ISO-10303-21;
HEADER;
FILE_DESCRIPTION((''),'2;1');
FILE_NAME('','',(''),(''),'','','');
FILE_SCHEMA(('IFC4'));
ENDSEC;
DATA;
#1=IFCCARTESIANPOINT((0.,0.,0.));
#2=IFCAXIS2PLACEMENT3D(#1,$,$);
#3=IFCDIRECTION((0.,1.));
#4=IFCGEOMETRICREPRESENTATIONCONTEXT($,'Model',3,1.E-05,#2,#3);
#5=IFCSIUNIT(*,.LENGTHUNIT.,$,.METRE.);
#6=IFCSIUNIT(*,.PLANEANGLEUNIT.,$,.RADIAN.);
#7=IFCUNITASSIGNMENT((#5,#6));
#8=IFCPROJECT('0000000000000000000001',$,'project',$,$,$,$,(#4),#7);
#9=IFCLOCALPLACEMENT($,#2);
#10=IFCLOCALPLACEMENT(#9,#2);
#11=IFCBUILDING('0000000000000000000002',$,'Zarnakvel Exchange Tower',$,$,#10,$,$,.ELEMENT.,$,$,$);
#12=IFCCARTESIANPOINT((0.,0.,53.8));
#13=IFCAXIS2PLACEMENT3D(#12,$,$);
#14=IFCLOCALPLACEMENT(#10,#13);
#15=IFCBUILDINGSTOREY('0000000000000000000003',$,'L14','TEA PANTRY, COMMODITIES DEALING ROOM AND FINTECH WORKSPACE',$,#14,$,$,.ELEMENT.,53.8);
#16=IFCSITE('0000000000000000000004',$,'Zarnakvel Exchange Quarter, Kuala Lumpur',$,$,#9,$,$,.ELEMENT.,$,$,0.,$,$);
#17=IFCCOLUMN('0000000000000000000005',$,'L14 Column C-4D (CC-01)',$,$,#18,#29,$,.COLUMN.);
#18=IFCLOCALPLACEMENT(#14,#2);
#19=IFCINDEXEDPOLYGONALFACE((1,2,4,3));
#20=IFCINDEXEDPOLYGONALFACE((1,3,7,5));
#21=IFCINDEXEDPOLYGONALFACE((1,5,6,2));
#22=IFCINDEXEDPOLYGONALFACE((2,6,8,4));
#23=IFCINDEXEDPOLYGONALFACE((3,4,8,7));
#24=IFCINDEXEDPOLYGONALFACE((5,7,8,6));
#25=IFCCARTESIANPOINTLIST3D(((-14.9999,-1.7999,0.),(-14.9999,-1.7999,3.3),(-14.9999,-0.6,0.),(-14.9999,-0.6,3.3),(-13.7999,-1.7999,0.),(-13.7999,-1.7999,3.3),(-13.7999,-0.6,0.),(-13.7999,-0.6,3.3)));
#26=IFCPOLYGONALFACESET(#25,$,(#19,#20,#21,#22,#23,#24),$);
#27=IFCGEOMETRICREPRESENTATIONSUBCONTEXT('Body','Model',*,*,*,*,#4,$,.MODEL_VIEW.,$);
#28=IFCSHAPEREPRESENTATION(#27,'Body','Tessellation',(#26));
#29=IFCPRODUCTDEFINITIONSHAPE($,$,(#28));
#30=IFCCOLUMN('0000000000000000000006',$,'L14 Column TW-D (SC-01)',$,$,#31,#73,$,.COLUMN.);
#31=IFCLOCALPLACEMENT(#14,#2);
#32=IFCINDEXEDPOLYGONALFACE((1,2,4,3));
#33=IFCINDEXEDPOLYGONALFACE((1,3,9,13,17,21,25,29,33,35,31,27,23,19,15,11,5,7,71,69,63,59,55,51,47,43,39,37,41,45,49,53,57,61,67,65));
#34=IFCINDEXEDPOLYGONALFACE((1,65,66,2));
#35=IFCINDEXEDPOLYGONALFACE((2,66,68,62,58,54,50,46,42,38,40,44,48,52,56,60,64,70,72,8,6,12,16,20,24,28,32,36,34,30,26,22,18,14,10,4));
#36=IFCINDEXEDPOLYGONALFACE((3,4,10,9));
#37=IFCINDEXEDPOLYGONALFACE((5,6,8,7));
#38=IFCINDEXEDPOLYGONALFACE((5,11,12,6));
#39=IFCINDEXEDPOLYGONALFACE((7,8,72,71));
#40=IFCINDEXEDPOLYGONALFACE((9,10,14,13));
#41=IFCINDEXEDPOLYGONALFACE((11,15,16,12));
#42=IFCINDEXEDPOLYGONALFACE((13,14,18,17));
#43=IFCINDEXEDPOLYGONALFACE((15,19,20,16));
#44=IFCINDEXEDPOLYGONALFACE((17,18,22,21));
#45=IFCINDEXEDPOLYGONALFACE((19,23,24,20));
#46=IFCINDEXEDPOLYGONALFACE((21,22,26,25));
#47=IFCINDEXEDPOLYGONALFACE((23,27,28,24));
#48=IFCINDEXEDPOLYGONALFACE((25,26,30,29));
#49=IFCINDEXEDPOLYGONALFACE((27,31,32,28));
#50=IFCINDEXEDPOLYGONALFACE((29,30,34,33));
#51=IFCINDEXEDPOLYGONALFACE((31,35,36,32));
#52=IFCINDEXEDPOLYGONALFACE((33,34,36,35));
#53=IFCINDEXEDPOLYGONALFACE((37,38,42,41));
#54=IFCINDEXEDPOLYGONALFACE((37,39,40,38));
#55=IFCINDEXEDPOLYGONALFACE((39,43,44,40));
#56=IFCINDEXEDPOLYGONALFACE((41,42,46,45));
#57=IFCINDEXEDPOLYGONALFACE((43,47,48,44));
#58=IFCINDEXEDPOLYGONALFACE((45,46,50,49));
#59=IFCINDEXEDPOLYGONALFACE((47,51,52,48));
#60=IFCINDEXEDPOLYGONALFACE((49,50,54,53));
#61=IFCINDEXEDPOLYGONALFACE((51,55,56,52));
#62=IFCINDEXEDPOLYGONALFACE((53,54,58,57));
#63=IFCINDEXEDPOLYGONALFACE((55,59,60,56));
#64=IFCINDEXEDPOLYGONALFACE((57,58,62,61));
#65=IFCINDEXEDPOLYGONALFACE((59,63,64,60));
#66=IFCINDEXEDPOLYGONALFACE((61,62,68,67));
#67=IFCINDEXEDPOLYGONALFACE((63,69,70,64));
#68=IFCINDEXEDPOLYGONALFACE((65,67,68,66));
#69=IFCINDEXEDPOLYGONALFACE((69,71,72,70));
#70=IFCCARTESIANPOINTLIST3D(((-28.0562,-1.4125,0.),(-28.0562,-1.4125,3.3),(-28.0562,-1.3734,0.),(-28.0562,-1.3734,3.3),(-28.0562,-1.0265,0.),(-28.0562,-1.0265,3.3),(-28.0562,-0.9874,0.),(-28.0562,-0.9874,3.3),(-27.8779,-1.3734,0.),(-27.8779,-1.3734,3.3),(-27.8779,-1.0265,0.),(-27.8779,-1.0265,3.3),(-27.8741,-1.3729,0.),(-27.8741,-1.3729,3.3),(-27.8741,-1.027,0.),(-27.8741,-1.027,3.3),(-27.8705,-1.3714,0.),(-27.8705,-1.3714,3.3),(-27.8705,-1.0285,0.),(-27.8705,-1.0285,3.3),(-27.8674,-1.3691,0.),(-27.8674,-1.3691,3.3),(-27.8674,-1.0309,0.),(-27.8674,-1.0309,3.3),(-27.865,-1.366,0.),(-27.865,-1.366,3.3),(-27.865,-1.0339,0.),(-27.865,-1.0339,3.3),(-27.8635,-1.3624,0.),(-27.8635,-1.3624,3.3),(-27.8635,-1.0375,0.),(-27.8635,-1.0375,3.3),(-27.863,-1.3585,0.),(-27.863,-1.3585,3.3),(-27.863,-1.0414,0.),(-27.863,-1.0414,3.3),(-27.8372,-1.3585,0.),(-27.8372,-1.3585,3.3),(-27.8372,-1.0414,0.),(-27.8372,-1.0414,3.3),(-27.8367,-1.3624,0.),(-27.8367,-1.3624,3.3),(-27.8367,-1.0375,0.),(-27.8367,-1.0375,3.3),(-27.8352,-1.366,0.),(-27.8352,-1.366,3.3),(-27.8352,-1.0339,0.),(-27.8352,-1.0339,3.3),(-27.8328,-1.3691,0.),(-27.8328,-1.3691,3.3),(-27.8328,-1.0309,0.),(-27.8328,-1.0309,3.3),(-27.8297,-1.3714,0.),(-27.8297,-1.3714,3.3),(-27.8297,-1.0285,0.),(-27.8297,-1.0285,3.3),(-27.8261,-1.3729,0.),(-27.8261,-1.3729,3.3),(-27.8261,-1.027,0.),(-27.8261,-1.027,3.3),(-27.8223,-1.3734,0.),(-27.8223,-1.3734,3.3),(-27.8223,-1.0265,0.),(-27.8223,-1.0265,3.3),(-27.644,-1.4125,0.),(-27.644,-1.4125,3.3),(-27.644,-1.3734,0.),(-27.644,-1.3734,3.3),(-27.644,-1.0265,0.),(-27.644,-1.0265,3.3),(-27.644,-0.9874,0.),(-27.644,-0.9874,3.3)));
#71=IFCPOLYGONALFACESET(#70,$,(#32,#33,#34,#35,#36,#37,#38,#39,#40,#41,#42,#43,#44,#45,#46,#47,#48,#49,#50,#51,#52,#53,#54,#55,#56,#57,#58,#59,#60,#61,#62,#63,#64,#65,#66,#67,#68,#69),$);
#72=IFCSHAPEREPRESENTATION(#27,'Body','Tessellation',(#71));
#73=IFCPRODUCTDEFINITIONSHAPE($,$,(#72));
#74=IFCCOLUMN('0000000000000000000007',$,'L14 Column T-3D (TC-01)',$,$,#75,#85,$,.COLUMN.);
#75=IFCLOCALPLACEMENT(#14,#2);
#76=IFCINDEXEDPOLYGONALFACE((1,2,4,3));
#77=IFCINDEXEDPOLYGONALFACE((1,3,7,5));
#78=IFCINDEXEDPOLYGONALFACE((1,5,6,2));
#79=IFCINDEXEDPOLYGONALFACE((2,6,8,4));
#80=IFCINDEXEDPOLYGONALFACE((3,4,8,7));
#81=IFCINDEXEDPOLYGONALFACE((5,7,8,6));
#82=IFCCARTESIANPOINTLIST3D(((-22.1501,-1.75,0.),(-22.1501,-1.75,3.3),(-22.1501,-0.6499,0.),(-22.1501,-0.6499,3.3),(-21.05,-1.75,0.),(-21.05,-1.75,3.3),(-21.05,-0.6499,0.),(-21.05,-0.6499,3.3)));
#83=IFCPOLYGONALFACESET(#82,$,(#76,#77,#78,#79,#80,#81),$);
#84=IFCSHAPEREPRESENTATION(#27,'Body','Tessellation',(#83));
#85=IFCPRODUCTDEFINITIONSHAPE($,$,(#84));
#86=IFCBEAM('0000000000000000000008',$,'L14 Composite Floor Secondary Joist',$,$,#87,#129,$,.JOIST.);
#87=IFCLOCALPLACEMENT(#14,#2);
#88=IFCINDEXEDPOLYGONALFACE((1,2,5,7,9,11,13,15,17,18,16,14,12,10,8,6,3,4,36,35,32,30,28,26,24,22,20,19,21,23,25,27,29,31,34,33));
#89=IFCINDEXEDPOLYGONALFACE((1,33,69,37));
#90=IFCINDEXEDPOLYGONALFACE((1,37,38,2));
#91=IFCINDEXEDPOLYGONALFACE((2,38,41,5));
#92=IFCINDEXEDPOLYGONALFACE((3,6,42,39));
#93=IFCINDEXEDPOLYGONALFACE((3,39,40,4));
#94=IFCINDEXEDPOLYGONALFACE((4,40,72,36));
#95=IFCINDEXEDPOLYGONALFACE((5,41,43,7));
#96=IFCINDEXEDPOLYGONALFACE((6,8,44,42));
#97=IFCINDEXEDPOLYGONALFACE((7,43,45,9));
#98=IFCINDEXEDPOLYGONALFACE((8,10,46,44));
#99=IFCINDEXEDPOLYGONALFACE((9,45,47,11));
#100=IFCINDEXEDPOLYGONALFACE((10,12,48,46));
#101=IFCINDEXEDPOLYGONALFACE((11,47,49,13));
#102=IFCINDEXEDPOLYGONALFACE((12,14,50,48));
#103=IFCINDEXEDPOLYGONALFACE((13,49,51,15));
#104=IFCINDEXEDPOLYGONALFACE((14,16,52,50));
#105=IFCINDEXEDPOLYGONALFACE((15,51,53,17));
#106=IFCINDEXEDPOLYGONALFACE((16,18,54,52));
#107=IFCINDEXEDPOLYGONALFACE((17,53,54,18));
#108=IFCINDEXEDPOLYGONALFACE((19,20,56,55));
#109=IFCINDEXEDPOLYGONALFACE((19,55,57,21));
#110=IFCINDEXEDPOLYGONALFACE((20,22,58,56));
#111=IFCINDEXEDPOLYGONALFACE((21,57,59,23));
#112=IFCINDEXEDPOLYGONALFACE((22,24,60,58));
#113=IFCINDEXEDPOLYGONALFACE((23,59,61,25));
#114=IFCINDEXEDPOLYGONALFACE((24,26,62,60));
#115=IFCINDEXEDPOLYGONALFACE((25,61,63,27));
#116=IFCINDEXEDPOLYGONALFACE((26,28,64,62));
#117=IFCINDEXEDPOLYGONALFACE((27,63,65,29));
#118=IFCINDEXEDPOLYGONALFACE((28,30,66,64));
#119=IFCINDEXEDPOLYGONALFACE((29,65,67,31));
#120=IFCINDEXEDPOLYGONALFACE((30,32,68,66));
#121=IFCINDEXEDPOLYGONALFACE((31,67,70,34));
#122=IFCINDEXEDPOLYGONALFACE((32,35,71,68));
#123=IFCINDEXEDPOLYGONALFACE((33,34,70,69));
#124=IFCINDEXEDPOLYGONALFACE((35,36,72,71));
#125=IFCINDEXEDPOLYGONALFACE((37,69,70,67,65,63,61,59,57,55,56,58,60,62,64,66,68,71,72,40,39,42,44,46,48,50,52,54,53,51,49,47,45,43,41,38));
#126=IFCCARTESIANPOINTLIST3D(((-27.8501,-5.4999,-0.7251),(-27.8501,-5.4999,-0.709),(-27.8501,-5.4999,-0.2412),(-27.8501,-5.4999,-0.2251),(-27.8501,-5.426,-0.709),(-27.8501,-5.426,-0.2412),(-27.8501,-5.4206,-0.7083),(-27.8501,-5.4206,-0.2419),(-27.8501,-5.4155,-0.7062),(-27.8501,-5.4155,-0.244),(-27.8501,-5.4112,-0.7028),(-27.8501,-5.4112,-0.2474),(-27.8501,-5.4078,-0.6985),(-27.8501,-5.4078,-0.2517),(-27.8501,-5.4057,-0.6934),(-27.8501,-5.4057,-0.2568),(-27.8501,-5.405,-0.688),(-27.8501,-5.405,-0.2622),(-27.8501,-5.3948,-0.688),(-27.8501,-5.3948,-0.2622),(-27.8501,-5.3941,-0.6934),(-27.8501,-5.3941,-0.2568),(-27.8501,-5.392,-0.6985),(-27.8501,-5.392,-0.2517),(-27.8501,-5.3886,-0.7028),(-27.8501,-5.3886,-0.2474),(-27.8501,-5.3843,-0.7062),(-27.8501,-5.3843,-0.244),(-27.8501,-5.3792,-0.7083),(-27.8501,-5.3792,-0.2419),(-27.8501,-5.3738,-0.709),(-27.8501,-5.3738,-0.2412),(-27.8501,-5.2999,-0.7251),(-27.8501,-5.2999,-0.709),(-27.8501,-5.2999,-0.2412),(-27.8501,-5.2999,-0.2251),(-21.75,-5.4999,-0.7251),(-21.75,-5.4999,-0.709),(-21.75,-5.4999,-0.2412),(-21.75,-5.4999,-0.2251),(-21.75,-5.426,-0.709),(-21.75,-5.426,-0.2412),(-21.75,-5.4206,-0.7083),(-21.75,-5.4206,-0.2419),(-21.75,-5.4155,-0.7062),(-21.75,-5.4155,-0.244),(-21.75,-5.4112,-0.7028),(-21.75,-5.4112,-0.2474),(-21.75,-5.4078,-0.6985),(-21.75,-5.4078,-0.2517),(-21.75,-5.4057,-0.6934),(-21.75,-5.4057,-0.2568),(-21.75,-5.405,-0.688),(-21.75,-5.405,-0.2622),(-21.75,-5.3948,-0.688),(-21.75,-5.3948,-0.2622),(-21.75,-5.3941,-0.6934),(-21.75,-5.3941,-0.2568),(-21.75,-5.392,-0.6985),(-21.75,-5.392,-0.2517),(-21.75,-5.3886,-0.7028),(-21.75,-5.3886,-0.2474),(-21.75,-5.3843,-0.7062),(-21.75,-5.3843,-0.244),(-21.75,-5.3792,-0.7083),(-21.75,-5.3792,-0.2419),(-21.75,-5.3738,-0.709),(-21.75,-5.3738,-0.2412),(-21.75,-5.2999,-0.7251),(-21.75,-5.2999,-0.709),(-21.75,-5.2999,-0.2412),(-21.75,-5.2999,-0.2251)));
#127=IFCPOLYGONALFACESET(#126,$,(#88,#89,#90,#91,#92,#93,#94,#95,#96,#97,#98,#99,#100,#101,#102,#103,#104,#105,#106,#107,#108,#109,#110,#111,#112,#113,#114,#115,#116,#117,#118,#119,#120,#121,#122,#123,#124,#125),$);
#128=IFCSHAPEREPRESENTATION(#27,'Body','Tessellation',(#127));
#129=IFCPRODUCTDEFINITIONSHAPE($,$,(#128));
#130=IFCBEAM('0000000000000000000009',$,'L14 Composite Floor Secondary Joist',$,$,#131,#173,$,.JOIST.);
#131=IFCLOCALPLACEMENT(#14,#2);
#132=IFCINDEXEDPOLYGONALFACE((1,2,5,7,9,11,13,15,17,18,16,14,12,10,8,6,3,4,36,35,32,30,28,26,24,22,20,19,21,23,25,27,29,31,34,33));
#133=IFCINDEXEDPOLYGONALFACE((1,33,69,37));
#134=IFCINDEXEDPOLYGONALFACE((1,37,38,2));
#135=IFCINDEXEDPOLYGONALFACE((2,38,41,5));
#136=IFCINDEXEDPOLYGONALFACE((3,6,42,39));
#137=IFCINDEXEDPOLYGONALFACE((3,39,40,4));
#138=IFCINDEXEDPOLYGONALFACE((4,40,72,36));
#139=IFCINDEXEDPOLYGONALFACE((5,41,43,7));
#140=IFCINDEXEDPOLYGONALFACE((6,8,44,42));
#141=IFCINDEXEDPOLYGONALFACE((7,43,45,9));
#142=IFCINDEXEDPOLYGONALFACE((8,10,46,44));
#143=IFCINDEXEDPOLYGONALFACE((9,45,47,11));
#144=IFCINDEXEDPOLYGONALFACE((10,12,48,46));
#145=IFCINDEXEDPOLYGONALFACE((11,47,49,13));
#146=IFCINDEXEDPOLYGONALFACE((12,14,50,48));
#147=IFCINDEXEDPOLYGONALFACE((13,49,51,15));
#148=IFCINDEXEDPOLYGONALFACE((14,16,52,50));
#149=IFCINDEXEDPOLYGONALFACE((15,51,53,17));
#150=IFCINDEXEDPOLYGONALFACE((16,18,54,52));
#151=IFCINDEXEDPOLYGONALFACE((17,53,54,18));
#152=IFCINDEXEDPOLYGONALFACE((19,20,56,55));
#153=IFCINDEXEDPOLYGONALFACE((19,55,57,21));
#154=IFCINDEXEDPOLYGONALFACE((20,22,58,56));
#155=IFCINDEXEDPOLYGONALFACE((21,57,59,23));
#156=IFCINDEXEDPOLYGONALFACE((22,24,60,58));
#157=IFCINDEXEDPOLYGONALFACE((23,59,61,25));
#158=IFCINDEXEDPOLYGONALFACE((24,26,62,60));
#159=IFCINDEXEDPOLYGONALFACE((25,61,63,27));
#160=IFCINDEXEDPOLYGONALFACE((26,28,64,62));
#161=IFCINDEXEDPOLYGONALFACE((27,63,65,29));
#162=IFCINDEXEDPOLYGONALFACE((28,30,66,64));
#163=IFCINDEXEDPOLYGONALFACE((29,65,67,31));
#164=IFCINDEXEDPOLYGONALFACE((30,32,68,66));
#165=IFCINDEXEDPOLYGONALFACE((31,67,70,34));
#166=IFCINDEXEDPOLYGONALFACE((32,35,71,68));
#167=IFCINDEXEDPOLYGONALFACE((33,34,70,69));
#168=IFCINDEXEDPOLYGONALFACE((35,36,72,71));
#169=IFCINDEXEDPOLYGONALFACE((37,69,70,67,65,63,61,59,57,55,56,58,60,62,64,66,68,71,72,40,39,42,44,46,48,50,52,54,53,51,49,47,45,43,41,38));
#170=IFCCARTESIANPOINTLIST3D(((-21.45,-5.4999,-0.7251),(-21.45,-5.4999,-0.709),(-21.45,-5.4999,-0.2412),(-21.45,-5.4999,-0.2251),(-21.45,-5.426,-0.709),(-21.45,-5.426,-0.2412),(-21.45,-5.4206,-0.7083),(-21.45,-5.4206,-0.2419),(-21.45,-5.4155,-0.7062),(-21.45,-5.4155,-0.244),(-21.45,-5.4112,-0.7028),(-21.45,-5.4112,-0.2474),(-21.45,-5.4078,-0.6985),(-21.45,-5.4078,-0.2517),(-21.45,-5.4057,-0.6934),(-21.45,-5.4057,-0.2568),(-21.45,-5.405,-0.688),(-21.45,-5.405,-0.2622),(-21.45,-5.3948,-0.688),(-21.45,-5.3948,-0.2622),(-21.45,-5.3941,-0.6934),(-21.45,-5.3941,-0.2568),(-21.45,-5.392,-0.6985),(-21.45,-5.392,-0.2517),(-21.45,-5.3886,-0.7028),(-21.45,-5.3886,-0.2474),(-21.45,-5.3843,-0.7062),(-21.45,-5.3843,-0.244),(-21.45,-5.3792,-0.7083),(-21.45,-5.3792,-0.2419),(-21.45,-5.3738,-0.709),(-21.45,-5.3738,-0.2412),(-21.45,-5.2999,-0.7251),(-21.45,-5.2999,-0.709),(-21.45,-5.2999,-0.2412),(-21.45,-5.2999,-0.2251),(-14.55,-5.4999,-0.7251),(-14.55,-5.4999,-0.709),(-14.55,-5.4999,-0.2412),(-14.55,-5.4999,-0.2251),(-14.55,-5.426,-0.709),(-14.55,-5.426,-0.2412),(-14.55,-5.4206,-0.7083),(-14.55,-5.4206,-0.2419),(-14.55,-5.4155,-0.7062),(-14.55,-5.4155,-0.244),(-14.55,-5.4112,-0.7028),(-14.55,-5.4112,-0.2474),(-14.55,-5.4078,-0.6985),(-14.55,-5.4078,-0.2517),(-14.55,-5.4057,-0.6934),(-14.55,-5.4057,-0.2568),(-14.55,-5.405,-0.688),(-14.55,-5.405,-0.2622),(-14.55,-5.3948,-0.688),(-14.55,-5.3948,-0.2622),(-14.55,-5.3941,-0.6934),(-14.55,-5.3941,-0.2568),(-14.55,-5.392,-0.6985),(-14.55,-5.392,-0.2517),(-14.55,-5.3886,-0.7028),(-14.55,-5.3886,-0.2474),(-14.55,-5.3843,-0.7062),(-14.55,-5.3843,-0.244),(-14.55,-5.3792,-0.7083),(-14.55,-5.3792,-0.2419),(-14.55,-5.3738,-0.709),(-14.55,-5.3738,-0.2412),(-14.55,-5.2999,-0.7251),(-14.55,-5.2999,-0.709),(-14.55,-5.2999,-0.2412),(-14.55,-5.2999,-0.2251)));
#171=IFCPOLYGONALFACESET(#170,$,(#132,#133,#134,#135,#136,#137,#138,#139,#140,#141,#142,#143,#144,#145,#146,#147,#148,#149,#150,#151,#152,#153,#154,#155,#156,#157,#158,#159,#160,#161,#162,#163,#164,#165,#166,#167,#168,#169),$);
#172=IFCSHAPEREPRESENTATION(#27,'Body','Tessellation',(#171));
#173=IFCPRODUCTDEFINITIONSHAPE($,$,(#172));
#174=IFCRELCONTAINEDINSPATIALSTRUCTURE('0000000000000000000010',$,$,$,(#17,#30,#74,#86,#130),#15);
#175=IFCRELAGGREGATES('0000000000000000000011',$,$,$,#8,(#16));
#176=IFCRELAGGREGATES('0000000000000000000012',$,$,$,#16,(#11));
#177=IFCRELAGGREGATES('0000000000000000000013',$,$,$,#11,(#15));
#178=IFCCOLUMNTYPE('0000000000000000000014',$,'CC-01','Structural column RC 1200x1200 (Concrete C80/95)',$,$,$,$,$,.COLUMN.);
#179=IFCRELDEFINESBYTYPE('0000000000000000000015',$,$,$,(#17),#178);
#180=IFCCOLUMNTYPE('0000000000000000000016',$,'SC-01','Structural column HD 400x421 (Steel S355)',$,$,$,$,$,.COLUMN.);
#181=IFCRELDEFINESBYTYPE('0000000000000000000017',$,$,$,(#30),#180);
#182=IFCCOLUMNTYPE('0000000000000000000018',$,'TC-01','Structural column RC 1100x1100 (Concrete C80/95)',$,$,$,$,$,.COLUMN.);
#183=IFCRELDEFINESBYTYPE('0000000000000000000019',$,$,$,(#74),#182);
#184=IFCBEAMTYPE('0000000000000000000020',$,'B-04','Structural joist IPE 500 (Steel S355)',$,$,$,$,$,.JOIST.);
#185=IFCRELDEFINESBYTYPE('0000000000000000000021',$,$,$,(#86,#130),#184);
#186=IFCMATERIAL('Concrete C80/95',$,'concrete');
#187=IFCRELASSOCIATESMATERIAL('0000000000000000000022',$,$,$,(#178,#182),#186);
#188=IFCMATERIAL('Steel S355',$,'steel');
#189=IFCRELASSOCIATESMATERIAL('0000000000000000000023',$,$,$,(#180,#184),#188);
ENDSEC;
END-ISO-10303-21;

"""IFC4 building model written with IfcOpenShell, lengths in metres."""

from ifc_helpers import new_model, si_unit, direction, frame, origin, origin_2d, place, context, subcontext, project, spatial, rectangle, i_section, extrude, material, material_profile, profile_set, type_object, element, save


model = new_model("IFC4")

# Units and contexts
model_context = context("Model", 3, precision=1e-05, world=origin(), true_north=direction((0.0, 1.0)))
body_context = subcontext(model_context, "Body", "Model", "MODEL_VIEW")
ifc_project = project(units=[si_unit("LENGTHUNIT", "METRE"), si_unit("PLANEANGLEUNIT", "RADIAN")], contexts=[model_context])

# Site, building, storey
site_placement = place(None, origin())
site = spatial("IfcSite", under=ifc_project, at=site_placement, Name="Zarnakvel Exchange Quarter, Kuala Lumpur", CompositionType="ELEMENT", RefElevation=0.0)
building_placement = place(site_placement, origin())
building = spatial("IfcBuilding", under=site, at=building_placement, Name="Zarnakvel Exchange Tower", CompositionType="ELEMENT")
storey_placement = place(building_placement, frame((0.0, 0.0, 53.8)))
storey = spatial("IfcBuildingStorey", under=building, at=storey_placement, Name="L14", Description="TEA PANTRY, COMMODITIES DEALING ROOM AND FINTECH WORKSPACE", CompositionType="ELEMENT", Elevation=53.8)

# Columns
ifc_material_1 = material(Name="Concrete C80/95", Category="concrete")
ifc_material_profile_1 = material_profile(ifc_material_1, rectangle(XDim=1.2, YDim=1.2, at=origin_2d()))
ifc_profile_set_1 = profile_set([ifc_material_profile_1], Name="Concrete C80/95")
column_type_1 = type_object("IfcColumnType", Name="CC-01", Description="Structural column RC 1200x1200 (Concrete C80/95)", PredefinedType="COLUMN", material=ifc_profile_set_1)
column_1_placement = place(storey_placement, frame((-14.3999, -1.2, 0.0), z_axis=(0.0, 0.0, 1.0), x_axis=(1.0, 0.0, 0.0)))
element("IfcColumn", 1, at=column_1_placement, inside=storey, type_object=column_type_1, Name="L14 Column C-4D (CC-01)", PredefinedType="COLUMN", context=body_context, shape_type="SweptSolid", body=[
    extrude(rectangle(XDim=1.2, YDim=1.2, at=origin_2d()), origin(), (0.0, 0.0, 1.0), 3.3),
])
ifc_material_2 = material(Name="Steel S355", Category="steel")
ifc_material_profile_2 = material_profile(ifc_material_2, i_section(OverallWidth=0.4121, OverallDepth=0.425, WebThickness=0.0259, FlangeThickness=0.0391, FilletRadius=0.0149, at=origin_2d()))
ifc_profile_set_2 = profile_set([ifc_material_profile_2], Name="Steel S355")
column_type_2 = type_object("IfcColumnType", Name="SC-01", Description="Structural column HD 400x421 (Steel S355)", PredefinedType="COLUMN", material=ifc_profile_set_2)
column_2_placement = place(storey_placement, frame((-27.8501, -1.2, 0.0), z_axis=(0.0, 0.0, 1.0), x_axis=(1.0, 0.0, 0.0)))
element("IfcColumn", 2, at=column_2_placement, inside=storey, type_object=column_type_2, Name="L14 Column TW-D (SC-01)", PredefinedType="COLUMN", context=body_context, shape_type="SweptSolid", body=[
    extrude(i_section(OverallWidth=0.4121, OverallDepth=0.425, WebThickness=0.0259, FlangeThickness=0.0391, FilletRadius=0.0149, at=origin_2d()), origin(), (0.0, 0.0, 1.0), 3.3),
])
ifc_material_profile_3 = material_profile(ifc_material_1, rectangle(XDim=1.1001, YDim=1.1001, at=origin_2d()))
ifc_profile_set_3 = profile_set([ifc_material_profile_3], Name="Concrete C80/95")
column_type_3 = type_object("IfcColumnType", Name="TC-01", Description="Structural column RC 1100x1100 (Concrete C80/95)", PredefinedType="COLUMN", material=ifc_profile_set_3)
column_3_placement = place(storey_placement, frame((-21.6001, -1.2, 0.0), z_axis=(0.0, 0.0, 1.0), x_axis=(1.0, 0.0, 0.0)))
element("IfcColumn", 3, at=column_3_placement, inside=storey, type_object=column_type_3, Name="L14 Column T-3D (TC-01)", PredefinedType="COLUMN", context=body_context, shape_type="SweptSolid", body=[
    extrude(rectangle(XDim=1.1001, YDim=1.1001, at=origin_2d()), origin(), (0.0, 0.0, 1.0), 3.3),
])

# Beams
ifc_material_profile_4 = material_profile(ifc_material_2, i_section(OverallWidth=0.2, OverallDepth=0.5, WebThickness=0.0103, FlangeThickness=0.0161, FilletRadius=0.021, at=origin_2d()))
ifc_profile_set_4 = profile_set([ifc_material_profile_4], Name="Steel S355")
beam_type_1 = type_object("IfcBeamType", Name="B-04", Description="Structural joist IPE 500 (Steel S355)", PredefinedType="JOIST", material=ifc_profile_set_4)
beam_1_placement = place(storey_placement, frame((-27.8501, -5.3999, -0.4751), z_axis=(1.0, 0.0, 0.0), x_axis=(0.0, 1.0, 0.0)))
element("IfcBeam", 4, at=beam_1_placement, inside=storey, type_object=beam_type_1, Name="L14 Composite Floor Secondary Joist", PredefinedType="JOIST", context=body_context, shape_type="SweptSolid", body=[
    extrude(i_section(OverallWidth=0.2, OverallDepth=0.5, WebThickness=0.0103, FlangeThickness=0.0161, FilletRadius=0.021, at=origin_2d()), origin(), (0.0, 0.0, 1.0), 6.1001),
])
beam_2_placement = place(storey_placement, frame((-21.45, -5.3999, -0.4751), z_axis=(1.0, 0.0, 0.0), x_axis=(0.0, 1.0, 0.0)))
element("IfcBeam", 5, at=beam_2_placement, inside=storey, type_object=beam_type_1, Name="L14 Composite Floor Secondary Joist", PredefinedType="JOIST", context=body_context, shape_type="SweptSolid", body=[
    extrude(i_section(OverallWidth=0.2, OverallDepth=0.5, WebThickness=0.0103, FlangeThickness=0.0161, FilletRadius=0.021, at=origin_2d()), origin(), (0.0, 0.0, 1.0), 6.8999),
])

save(model, "model.ifc")
